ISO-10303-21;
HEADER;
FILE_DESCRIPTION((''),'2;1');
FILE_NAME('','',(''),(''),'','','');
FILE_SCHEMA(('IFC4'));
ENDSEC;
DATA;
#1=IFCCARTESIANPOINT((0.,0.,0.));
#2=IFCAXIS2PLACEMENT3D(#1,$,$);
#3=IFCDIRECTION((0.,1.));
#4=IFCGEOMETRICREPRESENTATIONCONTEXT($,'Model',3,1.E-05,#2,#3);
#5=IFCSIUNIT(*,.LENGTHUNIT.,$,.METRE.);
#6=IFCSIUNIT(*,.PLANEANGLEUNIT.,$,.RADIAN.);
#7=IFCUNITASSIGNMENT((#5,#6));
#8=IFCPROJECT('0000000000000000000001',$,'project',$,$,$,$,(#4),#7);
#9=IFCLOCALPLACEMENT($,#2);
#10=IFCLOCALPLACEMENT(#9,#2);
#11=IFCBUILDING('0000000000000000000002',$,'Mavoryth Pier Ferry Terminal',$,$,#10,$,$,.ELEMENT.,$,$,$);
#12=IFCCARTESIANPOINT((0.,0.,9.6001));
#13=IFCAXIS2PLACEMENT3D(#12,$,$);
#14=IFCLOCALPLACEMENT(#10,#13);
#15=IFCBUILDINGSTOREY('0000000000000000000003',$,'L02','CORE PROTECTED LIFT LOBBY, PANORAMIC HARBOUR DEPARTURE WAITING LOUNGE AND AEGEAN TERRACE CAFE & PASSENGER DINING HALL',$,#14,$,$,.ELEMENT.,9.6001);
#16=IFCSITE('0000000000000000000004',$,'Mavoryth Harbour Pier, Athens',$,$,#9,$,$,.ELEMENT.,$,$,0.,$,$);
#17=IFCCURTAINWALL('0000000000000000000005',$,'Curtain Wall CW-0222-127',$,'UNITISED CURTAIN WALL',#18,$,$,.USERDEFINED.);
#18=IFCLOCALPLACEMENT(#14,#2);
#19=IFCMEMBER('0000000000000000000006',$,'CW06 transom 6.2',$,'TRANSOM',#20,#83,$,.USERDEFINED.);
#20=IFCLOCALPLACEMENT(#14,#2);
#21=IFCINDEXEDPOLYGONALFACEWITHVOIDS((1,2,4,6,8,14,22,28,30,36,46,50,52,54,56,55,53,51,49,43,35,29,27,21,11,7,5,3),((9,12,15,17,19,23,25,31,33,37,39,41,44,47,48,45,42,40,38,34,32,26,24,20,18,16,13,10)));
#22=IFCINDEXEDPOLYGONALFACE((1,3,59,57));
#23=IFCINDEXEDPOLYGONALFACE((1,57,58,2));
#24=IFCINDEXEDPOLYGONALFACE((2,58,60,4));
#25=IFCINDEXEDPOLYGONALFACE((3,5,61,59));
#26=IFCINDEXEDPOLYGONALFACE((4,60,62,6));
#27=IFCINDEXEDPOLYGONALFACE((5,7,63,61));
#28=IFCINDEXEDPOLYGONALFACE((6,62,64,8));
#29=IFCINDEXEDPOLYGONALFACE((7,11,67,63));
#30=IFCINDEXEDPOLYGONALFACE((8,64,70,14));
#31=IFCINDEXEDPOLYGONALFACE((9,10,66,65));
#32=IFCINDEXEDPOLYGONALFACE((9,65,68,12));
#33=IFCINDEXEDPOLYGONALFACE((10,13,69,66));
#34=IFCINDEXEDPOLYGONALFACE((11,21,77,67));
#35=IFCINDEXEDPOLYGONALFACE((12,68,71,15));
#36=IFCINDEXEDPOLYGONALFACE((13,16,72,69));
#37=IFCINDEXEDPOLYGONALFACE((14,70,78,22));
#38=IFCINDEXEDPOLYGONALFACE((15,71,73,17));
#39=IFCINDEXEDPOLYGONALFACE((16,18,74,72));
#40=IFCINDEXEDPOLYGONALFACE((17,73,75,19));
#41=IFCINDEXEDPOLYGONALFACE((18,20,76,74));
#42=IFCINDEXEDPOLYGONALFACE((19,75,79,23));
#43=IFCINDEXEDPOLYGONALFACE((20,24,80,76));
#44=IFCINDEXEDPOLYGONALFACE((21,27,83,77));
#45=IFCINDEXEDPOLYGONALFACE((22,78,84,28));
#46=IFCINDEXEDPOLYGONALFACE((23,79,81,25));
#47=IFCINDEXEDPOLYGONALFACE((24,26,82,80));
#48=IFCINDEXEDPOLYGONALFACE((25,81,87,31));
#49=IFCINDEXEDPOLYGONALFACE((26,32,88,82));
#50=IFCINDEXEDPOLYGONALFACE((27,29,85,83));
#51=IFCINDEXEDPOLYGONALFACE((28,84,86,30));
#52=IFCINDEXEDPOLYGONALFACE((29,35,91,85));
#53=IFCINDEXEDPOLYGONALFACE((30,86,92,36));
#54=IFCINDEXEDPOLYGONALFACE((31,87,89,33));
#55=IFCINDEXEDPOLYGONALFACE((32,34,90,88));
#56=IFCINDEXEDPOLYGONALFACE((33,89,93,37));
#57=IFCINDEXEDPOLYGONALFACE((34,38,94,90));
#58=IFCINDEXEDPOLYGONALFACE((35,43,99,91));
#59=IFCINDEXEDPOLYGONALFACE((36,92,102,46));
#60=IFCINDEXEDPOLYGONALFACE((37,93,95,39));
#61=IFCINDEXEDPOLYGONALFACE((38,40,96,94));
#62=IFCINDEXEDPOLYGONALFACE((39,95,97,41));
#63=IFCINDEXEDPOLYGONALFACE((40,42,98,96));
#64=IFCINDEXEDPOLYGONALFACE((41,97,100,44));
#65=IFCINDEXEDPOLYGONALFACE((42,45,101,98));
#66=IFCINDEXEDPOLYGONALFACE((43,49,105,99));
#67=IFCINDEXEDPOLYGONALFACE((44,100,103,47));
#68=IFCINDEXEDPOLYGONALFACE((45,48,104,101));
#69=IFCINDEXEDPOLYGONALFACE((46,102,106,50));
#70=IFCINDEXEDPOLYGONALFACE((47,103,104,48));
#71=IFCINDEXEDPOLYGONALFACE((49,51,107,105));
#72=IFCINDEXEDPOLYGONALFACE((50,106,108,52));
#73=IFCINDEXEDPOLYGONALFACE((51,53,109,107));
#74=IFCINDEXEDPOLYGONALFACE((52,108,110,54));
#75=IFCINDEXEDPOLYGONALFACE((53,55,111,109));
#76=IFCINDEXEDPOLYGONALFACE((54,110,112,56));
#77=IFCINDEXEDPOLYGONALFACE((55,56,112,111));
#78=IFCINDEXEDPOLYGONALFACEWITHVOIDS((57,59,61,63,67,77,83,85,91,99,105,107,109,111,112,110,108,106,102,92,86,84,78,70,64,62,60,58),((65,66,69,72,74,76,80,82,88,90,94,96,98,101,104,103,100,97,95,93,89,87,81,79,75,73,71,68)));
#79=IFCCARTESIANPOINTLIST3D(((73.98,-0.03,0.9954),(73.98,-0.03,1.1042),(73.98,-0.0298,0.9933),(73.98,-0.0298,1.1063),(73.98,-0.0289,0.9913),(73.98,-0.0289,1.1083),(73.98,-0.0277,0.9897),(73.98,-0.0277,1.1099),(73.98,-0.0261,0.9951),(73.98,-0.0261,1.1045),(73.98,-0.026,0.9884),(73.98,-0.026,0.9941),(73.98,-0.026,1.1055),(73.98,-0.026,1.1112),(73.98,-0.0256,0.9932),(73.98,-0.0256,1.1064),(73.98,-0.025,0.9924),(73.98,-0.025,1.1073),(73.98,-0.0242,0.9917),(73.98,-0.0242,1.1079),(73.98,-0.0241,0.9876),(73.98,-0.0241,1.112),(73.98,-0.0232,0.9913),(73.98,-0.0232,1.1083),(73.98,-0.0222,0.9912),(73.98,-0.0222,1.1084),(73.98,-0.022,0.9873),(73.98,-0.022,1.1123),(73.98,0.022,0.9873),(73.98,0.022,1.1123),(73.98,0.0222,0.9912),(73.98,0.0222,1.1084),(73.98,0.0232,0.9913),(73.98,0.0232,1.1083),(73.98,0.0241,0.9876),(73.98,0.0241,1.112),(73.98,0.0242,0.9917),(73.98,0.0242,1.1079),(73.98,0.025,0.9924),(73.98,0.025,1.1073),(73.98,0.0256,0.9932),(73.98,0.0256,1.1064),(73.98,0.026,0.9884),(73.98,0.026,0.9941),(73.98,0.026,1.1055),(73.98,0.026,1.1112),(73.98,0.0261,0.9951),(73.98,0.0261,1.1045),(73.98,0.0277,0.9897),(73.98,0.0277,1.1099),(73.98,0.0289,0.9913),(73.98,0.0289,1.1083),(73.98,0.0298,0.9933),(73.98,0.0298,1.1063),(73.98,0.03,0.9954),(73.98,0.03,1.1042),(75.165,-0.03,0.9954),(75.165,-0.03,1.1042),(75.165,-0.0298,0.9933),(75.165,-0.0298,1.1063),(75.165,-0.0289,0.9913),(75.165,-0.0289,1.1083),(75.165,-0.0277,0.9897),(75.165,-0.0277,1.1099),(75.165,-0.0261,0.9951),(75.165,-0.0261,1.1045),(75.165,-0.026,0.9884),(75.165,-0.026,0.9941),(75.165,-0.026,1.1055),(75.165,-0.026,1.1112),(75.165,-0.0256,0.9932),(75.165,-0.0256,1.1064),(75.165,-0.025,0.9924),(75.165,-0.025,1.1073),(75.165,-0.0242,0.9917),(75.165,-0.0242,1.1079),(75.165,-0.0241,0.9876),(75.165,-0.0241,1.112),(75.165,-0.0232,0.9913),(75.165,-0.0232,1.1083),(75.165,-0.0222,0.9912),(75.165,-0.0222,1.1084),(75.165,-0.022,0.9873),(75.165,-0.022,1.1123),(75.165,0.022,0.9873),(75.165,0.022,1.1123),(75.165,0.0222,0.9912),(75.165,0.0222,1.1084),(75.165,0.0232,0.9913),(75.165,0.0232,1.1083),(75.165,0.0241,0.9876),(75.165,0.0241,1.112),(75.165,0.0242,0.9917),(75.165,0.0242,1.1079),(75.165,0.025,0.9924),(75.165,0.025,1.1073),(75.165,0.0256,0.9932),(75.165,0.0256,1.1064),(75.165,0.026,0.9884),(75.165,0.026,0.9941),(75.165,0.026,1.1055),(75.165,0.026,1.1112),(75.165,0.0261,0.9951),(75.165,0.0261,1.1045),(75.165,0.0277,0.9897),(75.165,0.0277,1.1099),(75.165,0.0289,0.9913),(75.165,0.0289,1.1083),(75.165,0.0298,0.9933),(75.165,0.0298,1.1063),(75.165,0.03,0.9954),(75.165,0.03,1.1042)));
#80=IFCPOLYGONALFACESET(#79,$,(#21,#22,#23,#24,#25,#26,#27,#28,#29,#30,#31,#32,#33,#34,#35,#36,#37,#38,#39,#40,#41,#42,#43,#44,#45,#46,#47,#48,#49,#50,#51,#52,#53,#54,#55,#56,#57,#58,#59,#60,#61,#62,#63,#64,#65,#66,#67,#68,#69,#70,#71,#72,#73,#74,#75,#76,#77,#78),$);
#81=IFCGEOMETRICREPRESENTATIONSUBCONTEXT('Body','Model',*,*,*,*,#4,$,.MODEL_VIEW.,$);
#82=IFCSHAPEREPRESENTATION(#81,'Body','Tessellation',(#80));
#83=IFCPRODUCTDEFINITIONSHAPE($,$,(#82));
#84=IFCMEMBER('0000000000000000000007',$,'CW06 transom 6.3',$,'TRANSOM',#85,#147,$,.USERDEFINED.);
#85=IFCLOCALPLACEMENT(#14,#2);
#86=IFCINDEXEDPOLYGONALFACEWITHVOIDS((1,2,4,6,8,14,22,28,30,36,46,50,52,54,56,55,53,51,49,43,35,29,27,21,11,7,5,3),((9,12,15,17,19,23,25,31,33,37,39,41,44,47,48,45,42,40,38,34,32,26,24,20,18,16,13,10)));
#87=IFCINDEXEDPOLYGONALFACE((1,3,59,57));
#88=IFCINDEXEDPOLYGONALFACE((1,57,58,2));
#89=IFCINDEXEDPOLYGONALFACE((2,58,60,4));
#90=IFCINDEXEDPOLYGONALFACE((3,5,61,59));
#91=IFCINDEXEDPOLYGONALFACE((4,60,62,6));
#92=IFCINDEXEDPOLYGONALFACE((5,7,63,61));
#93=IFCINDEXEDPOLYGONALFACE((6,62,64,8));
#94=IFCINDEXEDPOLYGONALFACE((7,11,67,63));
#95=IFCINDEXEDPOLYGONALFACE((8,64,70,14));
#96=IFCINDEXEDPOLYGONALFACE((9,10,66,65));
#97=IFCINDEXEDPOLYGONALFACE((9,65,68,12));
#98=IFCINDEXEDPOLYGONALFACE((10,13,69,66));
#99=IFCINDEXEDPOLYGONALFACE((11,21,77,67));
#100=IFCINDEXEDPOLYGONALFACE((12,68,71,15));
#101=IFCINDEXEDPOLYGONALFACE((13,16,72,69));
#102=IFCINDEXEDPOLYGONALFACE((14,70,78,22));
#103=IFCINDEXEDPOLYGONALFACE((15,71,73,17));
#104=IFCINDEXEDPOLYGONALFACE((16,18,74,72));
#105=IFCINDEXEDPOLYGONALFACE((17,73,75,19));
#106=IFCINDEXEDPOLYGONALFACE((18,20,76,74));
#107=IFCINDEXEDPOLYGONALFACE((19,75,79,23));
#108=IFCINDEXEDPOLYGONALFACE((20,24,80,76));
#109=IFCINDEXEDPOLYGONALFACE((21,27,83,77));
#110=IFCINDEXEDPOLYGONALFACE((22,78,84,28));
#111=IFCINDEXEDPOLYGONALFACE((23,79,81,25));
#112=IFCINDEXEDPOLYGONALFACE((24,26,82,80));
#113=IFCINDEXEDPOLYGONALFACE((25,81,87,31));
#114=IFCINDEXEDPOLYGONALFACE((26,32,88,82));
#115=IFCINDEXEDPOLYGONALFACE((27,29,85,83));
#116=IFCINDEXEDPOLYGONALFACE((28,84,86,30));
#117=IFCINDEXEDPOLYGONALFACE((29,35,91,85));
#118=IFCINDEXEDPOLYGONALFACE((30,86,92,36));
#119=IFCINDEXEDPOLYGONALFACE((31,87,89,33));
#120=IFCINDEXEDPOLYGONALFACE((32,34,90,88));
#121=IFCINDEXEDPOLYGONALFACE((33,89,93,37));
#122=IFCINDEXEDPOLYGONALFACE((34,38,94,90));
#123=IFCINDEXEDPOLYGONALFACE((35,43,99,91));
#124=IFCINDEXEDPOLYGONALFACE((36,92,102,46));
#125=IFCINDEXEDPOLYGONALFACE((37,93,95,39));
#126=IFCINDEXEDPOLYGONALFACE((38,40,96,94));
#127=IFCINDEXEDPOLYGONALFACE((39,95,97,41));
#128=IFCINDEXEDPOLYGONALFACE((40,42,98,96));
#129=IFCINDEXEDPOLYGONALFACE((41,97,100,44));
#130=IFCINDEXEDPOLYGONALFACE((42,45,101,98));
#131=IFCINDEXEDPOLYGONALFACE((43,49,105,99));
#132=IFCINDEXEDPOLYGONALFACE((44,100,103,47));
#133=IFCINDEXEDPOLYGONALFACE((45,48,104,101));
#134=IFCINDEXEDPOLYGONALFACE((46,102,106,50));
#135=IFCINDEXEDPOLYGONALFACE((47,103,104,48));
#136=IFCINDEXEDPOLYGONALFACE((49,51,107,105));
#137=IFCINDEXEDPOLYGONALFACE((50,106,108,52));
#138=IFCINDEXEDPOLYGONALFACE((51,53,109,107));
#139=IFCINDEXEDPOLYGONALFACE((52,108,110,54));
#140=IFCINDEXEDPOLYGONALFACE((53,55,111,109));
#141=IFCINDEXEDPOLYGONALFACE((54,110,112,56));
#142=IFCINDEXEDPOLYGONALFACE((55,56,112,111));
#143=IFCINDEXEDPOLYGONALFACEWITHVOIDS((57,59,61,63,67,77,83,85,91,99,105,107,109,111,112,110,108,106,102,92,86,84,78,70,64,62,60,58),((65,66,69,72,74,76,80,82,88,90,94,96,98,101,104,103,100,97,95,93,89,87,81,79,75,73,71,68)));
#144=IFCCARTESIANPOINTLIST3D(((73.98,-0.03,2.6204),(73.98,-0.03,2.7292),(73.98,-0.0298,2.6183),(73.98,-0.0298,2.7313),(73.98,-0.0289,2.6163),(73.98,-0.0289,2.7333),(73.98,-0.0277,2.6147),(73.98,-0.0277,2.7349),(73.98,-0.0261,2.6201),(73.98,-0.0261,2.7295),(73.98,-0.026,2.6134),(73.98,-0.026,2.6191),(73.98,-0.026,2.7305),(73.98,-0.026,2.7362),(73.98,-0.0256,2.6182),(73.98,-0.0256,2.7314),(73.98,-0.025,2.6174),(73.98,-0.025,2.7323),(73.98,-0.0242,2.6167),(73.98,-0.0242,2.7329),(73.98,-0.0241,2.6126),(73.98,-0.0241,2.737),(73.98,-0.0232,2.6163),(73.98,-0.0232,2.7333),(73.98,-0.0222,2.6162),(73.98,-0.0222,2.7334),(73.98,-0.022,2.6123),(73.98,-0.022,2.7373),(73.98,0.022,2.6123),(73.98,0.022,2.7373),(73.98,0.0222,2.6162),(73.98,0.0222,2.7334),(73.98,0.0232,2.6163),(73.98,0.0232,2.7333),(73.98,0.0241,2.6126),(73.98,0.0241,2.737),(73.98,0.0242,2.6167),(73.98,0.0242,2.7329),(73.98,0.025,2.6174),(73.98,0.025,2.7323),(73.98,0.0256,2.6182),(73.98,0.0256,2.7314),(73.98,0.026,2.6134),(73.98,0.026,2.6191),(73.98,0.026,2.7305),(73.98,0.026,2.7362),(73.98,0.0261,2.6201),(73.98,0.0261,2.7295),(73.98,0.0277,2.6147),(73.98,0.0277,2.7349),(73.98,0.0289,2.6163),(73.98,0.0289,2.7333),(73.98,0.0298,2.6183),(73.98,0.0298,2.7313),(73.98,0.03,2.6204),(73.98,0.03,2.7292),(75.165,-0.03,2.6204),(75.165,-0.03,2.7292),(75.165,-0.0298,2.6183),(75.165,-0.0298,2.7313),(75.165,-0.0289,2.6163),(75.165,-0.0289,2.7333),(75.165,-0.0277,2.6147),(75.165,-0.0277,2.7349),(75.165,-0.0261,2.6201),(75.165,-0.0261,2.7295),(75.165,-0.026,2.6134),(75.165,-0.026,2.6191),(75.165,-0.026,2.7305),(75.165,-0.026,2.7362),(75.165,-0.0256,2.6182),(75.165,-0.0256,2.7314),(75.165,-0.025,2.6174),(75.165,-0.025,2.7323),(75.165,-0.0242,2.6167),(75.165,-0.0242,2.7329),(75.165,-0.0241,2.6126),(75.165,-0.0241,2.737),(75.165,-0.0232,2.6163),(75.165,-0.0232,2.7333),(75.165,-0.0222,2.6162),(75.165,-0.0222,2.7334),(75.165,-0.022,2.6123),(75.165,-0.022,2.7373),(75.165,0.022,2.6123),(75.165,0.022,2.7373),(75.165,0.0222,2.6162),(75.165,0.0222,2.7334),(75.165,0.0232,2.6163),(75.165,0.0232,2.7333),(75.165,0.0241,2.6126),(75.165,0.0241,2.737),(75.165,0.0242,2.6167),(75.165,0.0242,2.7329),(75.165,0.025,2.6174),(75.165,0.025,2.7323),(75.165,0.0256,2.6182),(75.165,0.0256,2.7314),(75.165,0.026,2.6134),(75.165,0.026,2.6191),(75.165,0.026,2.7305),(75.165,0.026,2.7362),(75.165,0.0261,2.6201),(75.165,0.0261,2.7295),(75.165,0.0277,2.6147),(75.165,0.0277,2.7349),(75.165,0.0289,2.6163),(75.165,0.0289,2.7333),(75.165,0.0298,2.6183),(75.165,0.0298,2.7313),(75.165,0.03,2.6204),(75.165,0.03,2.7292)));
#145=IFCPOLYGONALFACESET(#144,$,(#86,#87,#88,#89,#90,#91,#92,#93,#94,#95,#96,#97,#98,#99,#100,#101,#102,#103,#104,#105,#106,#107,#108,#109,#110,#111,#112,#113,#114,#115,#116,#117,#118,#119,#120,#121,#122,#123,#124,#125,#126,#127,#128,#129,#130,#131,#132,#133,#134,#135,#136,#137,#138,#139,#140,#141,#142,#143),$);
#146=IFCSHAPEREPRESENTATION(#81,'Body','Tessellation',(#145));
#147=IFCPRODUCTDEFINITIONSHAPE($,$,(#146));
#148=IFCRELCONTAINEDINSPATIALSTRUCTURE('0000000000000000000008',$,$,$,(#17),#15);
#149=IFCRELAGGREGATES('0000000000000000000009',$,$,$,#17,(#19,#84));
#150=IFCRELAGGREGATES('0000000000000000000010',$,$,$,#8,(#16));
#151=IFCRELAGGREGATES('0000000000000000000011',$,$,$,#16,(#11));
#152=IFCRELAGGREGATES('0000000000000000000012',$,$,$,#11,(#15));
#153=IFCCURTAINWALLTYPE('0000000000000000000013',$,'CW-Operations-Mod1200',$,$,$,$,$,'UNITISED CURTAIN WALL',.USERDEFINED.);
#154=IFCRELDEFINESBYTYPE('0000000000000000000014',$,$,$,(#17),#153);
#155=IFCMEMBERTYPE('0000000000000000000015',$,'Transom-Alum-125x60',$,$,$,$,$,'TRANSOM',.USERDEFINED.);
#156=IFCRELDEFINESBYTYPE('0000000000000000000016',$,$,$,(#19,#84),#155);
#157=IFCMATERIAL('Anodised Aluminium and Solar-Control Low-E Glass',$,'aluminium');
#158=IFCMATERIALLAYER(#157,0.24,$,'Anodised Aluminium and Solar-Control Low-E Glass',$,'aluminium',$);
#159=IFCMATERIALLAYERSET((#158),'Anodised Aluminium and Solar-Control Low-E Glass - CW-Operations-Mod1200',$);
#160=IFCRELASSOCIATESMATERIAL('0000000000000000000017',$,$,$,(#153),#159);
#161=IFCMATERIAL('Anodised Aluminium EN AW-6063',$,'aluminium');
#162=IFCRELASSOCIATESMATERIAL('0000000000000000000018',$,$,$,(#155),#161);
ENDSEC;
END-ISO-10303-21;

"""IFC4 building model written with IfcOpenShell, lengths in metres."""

from ifc_helpers import new_model, si_unit, direction, frame, origin, origin_2d, place, context, subcontext, project, spatial, hollow_rectangle, extrude, material, layer, layer_set, material_profile, profile_set, type_object, element, aggregate, save


model = new_model("IFC4")

# Units and contexts
model_context = context("Model", 3, precision=1e-05, world=origin(), true_north=direction((0.0, 1.0)))
body_context = subcontext(model_context, "Body", "Model", "MODEL_VIEW")
ifc_project = project(units=[si_unit("LENGTHUNIT", "METRE"), si_unit("PLANEANGLEUNIT", "RADIAN")], contexts=[model_context])

# Site, building, storey
site_placement = place(None, origin())
site = spatial("IfcSite", under=ifc_project, at=site_placement, Name="Mavoryth Harbour Pier, Athens", CompositionType="ELEMENT", RefElevation=0.0)
building_placement = place(site_placement, origin())
building = spatial("IfcBuilding", under=site, at=building_placement, Name="Mavoryth Pier Ferry Terminal", CompositionType="ELEMENT")
storey_placement = place(building_placement, frame((0.0, 0.0, 9.6001)))
storey = spatial("IfcBuildingStorey", under=building, at=storey_placement, Name="L02", Description="CORE PROTECTED LIFT LOBBY, PANORAMIC HARBOUR DEPARTURE WAITING LOUNGE AND AEGEAN TERRACE CAFE & PASSENGER DINING HALL", CompositionType="ELEMENT", Elevation=9.6001)

# Curtain wall
ifc_material_1 = material(Name="Anodised Aluminium and Solar-Control Low-E Glass", Category="aluminium")
ifc_layer_1 = layer(ifc_material_1, 0.24, Name="Anodised Aluminium and Solar-Control Low-E Glass", Category="aluminium")
ifc_layer_set_1 = layer_set([ifc_layer_1], Name="Anodised Aluminium and Solar-Control Low-E Glass - CW-Operations-Mod1200")
curtain_wall_type = type_object("IfcCurtainWallType", Name="CW-Operations-Mod1200", ElementType="UNITISED CURTAIN WALL", PredefinedType="USERDEFINED", material=ifc_layer_set_1)
curtain_wall_1_placement = place(storey_placement, origin())
curtain_wall_1 = element("IfcCurtainWall", 1, at=curtain_wall_1_placement, inside=storey, type_object=curtain_wall_type, Name="Curtain Wall CW-0222-127", ObjectType="UNITISED CURTAIN WALL", PredefinedType="USERDEFINED")
ifc_material_2 = material(Name="Anodised Aluminium EN AW-6063", Category="aluminium")

# Members
ifc_material_profile_1 = material_profile(ifc_material_2, hollow_rectangle(XDim=0.0601, YDim=0.125, WallThickness=0.0039, InnerFilletRadius=0.0039, OuterFilletRadius=0.0081, at=origin_2d()), Name="AL-TRAN 125x60x4", Category="aluminium")
ifc_profile_set_1 = profile_set([ifc_material_profile_1], Name="Anodised Aluminium EN AW-6063 - AL-TRAN 125x60x4")
member_type_1 = type_object("IfcMemberType", Name="Transom-Alum-125x60", ElementType="TRANSOM", PredefinedType="USERDEFINED", material=ifc_profile_set_1)
member_1_placement = place(storey_placement, frame((73.98, 0.0, 1.0498), z_axis=(1.0, 0.0, 0.0), x_axis=(0.0, 1.0, 0.0)))
member_1 = element("IfcMember", 2, at=member_1_placement, type_object=member_type_1, Name="CW06 transom 6.2", ObjectType="TRANSOM", PredefinedType="USERDEFINED", context=body_context, shape_type="SweptSolid", body=[
    extrude(hollow_rectangle(XDim=0.0601, YDim=0.125, WallThickness=0.0039, InnerFilletRadius=0.0039, OuterFilletRadius=0.0081, at=origin_2d()), origin(), (0.0, 0.0, 1.0), 1.1851),
])
member_2_placement = place(storey_placement, frame((73.98, 0.0, 2.6748), z_axis=(1.0, 0.0, 0.0), x_axis=(0.0, 1.0, 0.0)))
member_2 = element("IfcMember", 3, at=member_2_placement, type_object=member_type_1, Name="CW06 transom 6.3", ObjectType="TRANSOM", PredefinedType="USERDEFINED", context=body_context, shape_type="SweptSolid", body=[
    extrude(hollow_rectangle(XDim=0.0601, YDim=0.125, WallThickness=0.0039, InnerFilletRadius=0.0039, OuterFilletRadius=0.0081, at=origin_2d()), origin(), (0.0, 0.0, 1.0), 1.1851),
])

aggregate(curtain_wall_1, [member_1, member_2])

save(model, "model.ifc")
